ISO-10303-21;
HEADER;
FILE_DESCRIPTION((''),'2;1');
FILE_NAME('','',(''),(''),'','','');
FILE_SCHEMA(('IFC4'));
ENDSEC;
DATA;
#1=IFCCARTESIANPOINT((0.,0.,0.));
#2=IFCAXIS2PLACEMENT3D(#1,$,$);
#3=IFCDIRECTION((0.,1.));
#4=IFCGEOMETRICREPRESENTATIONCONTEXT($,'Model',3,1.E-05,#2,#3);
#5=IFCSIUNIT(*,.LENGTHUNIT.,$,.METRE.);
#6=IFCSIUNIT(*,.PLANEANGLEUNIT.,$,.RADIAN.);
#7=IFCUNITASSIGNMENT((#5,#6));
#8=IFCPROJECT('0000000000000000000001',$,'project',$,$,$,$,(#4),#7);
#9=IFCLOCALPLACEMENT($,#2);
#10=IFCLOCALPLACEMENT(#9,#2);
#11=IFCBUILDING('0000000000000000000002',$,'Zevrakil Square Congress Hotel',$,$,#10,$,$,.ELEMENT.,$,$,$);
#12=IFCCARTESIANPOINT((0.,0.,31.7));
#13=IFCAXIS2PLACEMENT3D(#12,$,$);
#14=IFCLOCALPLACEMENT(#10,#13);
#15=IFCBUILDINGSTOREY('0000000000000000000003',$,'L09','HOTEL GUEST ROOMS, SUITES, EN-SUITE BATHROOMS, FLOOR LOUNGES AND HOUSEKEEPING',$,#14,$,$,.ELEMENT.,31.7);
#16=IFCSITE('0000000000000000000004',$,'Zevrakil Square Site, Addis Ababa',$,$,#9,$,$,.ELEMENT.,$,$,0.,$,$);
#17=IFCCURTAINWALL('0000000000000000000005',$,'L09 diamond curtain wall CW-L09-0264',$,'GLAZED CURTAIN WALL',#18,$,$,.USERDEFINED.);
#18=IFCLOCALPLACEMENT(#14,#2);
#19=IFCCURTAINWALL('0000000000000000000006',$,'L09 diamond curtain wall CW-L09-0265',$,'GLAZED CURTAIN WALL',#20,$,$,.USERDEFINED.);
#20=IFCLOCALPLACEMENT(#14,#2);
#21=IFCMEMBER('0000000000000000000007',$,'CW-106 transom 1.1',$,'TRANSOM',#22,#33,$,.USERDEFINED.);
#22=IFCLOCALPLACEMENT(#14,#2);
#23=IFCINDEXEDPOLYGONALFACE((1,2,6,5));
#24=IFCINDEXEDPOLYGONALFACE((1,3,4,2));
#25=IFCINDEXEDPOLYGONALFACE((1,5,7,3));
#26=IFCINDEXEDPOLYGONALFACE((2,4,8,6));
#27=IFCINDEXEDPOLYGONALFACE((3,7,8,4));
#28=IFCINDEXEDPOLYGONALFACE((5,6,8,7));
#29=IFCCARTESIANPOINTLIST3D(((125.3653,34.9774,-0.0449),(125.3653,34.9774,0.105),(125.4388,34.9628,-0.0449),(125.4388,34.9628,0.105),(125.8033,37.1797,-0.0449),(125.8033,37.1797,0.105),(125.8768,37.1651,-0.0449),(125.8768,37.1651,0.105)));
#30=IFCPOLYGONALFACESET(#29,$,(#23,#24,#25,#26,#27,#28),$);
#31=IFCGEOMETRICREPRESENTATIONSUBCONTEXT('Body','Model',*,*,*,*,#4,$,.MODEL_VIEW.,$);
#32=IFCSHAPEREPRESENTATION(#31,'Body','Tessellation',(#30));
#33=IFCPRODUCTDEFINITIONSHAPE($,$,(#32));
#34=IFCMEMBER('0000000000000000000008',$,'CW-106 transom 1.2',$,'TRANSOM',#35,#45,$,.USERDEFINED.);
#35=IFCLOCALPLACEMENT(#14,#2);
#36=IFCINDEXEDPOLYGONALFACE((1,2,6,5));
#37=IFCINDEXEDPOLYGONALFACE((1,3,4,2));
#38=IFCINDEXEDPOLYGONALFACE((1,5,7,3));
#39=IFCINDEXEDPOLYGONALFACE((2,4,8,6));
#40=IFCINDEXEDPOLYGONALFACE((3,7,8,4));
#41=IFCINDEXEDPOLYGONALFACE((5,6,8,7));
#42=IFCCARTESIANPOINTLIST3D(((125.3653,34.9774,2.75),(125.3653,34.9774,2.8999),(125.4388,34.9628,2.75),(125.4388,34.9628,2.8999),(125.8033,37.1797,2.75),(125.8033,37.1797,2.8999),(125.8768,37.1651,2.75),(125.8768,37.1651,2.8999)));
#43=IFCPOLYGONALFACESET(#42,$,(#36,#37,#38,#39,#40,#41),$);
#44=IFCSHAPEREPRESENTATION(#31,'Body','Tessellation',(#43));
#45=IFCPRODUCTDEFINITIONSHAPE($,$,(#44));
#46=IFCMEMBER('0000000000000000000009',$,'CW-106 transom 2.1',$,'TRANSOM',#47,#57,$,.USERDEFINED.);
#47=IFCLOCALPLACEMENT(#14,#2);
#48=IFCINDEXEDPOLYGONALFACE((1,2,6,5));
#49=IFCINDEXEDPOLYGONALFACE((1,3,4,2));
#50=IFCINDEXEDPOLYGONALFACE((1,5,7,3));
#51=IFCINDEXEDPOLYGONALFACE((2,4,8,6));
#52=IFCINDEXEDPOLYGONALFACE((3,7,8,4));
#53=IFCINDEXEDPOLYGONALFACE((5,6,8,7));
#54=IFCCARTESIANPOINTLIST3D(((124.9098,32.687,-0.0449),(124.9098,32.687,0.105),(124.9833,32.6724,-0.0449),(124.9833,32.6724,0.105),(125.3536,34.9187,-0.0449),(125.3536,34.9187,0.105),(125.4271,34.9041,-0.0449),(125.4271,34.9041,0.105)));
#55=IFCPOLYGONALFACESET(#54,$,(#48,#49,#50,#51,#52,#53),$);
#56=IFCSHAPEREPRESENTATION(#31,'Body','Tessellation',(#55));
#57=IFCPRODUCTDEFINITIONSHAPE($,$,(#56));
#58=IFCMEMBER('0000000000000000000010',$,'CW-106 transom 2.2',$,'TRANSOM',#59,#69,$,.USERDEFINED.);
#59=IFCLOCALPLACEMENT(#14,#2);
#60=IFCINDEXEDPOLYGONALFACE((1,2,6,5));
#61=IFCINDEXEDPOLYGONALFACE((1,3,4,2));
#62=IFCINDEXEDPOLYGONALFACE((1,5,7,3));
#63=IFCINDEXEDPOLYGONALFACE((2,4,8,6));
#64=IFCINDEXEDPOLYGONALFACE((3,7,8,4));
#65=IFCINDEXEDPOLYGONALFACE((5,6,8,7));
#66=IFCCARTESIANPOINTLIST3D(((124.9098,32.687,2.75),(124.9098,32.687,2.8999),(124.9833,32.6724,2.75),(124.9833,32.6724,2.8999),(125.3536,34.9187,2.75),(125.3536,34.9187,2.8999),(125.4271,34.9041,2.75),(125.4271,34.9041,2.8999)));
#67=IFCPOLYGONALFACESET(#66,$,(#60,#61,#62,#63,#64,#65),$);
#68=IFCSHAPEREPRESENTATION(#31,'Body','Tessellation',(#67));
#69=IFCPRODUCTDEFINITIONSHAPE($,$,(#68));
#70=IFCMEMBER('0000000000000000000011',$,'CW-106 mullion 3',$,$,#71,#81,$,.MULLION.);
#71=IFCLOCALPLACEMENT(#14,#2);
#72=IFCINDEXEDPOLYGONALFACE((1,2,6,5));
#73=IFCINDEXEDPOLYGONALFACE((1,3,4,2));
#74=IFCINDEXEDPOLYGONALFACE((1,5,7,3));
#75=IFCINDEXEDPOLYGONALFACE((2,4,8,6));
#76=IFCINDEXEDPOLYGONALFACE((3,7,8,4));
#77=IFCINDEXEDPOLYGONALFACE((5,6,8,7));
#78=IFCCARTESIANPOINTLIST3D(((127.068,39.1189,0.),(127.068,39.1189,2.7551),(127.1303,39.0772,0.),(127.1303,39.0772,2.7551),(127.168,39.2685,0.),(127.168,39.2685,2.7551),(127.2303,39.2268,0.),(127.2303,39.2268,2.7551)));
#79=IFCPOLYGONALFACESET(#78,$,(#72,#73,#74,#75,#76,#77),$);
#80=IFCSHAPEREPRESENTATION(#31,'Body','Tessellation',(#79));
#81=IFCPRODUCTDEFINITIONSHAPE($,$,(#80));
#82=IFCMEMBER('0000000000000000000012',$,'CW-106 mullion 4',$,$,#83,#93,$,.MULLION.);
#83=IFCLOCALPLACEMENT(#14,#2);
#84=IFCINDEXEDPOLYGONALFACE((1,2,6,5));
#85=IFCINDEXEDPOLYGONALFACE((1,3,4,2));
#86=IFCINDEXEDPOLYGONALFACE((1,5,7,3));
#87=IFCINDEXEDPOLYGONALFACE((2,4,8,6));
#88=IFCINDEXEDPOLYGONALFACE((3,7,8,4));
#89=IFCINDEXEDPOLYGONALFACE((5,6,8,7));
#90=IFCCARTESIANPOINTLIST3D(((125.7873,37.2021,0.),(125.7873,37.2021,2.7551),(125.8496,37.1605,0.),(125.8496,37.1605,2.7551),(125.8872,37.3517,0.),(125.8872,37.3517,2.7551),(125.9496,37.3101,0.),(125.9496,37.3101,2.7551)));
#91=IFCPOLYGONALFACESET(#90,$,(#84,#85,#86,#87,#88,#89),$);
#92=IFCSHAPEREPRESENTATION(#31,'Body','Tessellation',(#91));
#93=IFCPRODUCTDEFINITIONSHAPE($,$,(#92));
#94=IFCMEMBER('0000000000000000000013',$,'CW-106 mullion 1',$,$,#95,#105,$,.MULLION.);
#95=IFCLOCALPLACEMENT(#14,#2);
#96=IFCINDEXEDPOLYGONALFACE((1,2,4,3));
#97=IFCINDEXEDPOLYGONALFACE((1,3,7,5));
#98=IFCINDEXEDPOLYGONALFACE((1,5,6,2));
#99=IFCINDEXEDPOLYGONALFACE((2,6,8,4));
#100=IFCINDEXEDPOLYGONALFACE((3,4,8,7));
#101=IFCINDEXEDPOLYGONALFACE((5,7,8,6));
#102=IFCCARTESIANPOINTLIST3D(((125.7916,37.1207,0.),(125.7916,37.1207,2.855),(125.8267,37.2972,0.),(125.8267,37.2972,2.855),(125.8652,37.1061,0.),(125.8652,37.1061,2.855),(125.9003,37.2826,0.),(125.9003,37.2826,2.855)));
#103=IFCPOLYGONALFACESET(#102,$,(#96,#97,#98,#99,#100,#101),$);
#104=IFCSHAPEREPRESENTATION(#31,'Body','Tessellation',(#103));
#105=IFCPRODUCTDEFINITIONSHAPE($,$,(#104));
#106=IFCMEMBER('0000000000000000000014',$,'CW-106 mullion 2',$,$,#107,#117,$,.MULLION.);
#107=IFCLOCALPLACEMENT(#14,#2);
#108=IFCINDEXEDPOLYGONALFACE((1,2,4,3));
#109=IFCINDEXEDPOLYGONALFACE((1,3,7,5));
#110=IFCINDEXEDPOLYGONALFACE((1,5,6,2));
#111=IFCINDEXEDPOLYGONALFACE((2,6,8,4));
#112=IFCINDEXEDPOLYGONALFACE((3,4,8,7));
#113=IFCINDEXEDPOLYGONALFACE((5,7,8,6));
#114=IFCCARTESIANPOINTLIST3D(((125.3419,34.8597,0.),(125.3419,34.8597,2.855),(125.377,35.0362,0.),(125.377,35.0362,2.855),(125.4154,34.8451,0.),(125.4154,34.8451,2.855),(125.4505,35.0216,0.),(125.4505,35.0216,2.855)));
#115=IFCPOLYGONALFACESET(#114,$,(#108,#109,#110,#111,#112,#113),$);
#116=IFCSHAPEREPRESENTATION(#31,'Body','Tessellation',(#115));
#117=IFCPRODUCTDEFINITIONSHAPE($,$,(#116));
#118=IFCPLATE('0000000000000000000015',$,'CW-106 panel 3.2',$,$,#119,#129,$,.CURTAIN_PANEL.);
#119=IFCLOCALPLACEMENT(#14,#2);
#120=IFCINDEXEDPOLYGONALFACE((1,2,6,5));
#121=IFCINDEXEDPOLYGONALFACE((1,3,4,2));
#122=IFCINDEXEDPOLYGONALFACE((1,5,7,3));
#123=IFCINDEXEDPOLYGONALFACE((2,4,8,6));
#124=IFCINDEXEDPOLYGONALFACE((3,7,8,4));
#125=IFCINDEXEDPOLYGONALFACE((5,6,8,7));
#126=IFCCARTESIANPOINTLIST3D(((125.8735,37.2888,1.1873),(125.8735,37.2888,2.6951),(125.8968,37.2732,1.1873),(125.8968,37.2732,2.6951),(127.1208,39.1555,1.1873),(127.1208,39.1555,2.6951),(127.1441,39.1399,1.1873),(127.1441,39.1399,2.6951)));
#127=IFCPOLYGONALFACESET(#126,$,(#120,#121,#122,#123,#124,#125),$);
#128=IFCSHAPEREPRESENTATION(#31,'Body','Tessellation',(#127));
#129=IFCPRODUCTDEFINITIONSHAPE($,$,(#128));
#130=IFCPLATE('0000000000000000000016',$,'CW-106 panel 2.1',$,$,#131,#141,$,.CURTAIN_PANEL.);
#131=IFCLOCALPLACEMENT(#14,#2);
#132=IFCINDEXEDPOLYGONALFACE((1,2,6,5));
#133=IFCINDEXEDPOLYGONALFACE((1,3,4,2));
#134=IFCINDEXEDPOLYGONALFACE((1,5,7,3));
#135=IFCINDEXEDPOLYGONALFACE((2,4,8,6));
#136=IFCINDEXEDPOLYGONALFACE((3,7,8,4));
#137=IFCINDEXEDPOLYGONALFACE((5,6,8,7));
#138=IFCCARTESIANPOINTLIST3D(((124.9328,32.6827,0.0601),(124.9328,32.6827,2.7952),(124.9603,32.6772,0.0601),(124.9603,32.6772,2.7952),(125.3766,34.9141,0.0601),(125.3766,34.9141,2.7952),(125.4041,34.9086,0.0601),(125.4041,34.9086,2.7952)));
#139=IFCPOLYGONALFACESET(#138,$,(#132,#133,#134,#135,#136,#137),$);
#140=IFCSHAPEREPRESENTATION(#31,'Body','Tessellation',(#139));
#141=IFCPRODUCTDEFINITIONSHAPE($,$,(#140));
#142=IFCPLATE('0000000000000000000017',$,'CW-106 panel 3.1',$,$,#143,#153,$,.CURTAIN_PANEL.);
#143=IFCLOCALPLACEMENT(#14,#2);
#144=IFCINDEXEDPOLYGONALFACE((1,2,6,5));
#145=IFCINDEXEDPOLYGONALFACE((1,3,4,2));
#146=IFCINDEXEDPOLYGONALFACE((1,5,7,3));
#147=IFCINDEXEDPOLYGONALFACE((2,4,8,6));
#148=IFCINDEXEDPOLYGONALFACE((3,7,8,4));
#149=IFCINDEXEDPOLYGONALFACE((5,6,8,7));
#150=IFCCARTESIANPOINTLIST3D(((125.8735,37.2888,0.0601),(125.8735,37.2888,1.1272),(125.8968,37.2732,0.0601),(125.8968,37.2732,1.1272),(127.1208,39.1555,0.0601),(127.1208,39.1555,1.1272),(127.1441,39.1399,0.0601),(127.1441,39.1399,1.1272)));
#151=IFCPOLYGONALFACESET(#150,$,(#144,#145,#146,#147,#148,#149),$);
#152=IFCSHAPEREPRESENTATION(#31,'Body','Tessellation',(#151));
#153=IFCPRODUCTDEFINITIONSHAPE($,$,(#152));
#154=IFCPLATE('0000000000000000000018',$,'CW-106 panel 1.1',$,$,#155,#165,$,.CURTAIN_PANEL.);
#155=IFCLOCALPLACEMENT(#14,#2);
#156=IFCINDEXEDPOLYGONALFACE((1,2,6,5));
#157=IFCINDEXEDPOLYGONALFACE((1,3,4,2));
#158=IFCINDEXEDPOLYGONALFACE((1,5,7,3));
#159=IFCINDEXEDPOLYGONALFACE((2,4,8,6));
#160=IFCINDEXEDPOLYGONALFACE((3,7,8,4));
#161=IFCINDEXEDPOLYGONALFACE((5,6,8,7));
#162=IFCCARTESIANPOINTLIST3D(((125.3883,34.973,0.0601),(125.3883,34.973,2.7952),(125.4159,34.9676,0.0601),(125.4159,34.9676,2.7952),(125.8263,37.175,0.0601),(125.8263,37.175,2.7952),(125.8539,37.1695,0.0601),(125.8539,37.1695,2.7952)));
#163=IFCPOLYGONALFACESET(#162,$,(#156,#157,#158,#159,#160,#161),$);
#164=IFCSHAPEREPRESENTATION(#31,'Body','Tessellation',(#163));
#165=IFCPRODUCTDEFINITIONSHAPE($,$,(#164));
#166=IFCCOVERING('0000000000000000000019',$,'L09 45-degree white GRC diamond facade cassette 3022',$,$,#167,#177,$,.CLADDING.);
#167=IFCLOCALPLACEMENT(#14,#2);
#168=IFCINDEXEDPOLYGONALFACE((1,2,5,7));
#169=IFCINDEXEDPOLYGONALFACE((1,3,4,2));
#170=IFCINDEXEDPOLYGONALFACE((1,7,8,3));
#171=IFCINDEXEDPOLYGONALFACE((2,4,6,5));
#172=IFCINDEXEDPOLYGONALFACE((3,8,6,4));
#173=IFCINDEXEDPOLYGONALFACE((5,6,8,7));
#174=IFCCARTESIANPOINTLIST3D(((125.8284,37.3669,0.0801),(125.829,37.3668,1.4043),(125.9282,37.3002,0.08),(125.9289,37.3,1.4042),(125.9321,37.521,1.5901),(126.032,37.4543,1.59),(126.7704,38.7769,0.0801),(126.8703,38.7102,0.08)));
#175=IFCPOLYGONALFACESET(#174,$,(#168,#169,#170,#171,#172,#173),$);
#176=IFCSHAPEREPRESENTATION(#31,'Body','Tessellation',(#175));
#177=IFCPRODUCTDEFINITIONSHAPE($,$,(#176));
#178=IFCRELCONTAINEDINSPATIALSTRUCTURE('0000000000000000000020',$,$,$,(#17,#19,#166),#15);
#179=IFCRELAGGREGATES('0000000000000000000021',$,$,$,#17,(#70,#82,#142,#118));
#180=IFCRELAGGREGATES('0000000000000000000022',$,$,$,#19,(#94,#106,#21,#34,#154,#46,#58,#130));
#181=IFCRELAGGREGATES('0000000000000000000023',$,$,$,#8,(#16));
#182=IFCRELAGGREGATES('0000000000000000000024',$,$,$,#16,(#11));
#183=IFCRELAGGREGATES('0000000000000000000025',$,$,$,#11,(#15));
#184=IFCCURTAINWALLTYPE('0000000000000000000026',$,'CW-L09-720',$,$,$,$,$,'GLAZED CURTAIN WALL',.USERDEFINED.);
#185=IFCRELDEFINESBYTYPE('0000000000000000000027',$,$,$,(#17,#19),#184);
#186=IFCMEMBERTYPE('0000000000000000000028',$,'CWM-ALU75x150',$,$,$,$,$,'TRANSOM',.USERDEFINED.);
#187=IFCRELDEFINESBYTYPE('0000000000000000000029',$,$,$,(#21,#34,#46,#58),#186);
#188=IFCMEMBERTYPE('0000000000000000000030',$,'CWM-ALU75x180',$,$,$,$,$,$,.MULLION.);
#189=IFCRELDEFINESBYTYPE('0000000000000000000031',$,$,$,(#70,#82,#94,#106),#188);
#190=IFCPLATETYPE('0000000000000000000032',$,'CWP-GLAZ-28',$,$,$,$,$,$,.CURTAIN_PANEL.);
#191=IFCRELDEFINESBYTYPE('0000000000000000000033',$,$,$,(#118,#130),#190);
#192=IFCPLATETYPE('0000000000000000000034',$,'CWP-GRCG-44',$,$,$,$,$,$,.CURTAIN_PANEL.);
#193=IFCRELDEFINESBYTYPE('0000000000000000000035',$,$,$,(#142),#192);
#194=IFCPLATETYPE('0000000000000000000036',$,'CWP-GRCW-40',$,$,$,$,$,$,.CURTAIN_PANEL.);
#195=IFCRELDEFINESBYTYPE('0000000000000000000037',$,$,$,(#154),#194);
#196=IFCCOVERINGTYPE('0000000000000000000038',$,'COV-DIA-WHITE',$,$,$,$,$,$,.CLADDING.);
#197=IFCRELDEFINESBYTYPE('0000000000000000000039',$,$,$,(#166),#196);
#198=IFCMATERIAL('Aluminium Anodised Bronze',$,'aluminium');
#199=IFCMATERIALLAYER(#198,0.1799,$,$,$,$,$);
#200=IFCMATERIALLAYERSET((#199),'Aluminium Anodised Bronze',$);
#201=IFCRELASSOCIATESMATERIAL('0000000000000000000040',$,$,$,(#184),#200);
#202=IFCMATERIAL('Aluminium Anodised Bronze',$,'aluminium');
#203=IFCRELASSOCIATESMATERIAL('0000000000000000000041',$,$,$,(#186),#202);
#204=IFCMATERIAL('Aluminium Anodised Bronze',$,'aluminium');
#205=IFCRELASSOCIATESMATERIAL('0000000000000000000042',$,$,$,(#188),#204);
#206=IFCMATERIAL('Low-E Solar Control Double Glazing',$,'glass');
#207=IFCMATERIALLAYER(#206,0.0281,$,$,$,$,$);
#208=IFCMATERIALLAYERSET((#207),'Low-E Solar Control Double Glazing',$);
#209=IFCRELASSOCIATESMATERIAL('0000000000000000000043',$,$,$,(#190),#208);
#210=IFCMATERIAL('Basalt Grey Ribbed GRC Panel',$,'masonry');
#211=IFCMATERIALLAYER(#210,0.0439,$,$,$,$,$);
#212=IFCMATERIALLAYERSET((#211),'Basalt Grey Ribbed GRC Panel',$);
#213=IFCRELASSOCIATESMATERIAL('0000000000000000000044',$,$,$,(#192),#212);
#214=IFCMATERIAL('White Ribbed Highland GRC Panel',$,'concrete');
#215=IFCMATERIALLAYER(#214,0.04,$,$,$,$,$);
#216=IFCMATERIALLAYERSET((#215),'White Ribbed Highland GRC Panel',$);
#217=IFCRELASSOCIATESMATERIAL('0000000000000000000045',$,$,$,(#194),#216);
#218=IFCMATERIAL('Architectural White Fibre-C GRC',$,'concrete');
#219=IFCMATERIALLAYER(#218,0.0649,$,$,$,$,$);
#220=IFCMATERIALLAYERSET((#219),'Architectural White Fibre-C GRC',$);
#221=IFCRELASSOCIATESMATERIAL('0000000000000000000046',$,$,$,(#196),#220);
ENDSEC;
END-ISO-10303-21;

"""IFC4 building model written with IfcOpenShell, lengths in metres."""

from ifc_helpers import new_model, si_unit, direction, frame, origin, origin_2d, place, context, subcontext, project, spatial, polyline, rectangle, outline, extrude, material, layer, layer_set, material_profile, profile_set, type_object, element, aggregate, save


model = new_model("IFC4")

# Units and contexts
model_context = context("Model", 3, precision=1e-05, world=origin(), true_north=direction((0.0, 1.0)))
body_context = subcontext(model_context, "Body", "Model", "MODEL_VIEW")
ifc_project = project(units=[si_unit("LENGTHUNIT", "METRE"), si_unit("PLANEANGLEUNIT", "RADIAN")], contexts=[model_context])

# Site, building, storey
site_placement = place(None, origin())
site = spatial("IfcSite", under=ifc_project, at=site_placement, Name="Zevrakil Square Site, Addis Ababa", CompositionType="ELEMENT", RefElevation=0.0)
building_placement = place(site_placement, origin())
building = spatial("IfcBuilding", under=site, at=building_placement, Name="Zevrakil Square Congress Hotel", CompositionType="ELEMENT")
storey_placement = place(building_placement, frame((0.0, 0.0, 31.7)))
storey = spatial("IfcBuildingStorey", under=building, at=storey_placement, Name="L09", Description="HOTEL GUEST ROOMS, SUITES, EN-SUITE BATHROOMS, FLOOR LOUNGES AND HOUSEKEEPING", CompositionType="ELEMENT", Elevation=31.7)

# Curtain walls, members
ifc_material_1 = material(Name="Aluminium Anodised Bronze", Category="aluminium")
ifc_layer_1 = layer(ifc_material_1, 0.1799)
ifc_layer_set_1 = layer_set([ifc_layer_1], Name="Aluminium Anodised Bronze")
curtain_wall_type = type_object("IfcCurtainWallType", Name="CW-L09-720", ElementType="GLAZED CURTAIN WALL", PredefinedType="USERDEFINED", material=ifc_layer_set_1)
curtain_wall_1_placement = place(storey_placement, origin())
curtain_wall_1 = element("IfcCurtainWall", 1, at=curtain_wall_1_placement, inside=storey, type_object=curtain_wall_type, Name="L09 diamond curtain wall CW-L09-0264", ObjectType="GLAZED CURTAIN WALL", PredefinedType="USERDEFINED")
ifc_material_2 = material(Name="Aluminium Anodised Bronze", Category="aluminium")
ifc_material_profile_1 = material_profile(ifc_material_2, rectangle(XDim=0.075, YDim=0.1499, at=origin_2d()), Name="ALU 75x150")
ifc_profile_set_1 = profile_set([ifc_material_profile_1], Name="Aluminium Anodised Bronze")
member_type_1 = type_object("IfcMemberType", Name="CWM-ALU75x150", ElementType="TRANSOM", PredefinedType="USERDEFINED", material=ifc_profile_set_1)
curtain_wall_2_placement = place(storey_placement, origin())
curtain_wall_2 = element("IfcCurtainWall", 2, at=curtain_wall_2_placement, inside=storey, type_object=curtain_wall_type, Name="L09 diamond curtain wall CW-L09-0265", ObjectType="GLAZED CURTAIN WALL", PredefinedType="USERDEFINED")
member_1_placement = place(storey_placement, frame((125.8401, 37.1724, 0.03), z_axis=(-0.19507, -0.980789, 0.0), x_axis=(0.980789, -0.19507, 0.0)))
member_1 = element("IfcMember", 3, at=member_1_placement, type_object=member_type_1, Name="CW-106 transom 1.1", ObjectType="TRANSOM", PredefinedType="USERDEFINED", context=body_context, shape_type="SweptSolid", body=[
    extrude(rectangle(XDim=0.075, YDim=0.1499, at=origin_2d()), origin(), (0.0, 0.0, 1.0), 2.2454),
])
member_2_placement = place(storey_placement, frame((125.8401, 37.1724, 2.825), z_axis=(-0.19507, -0.980789, 0.0), x_axis=(0.980789, -0.19507, 0.0)))
member_2 = element("IfcMember", 4, at=member_2_placement, type_object=member_type_1, Name="CW-106 transom 1.2", ObjectType="TRANSOM", PredefinedType="USERDEFINED", context=body_context, shape_type="SweptSolid", body=[
    extrude(rectangle(XDim=0.075, YDim=0.1499, at=origin_2d()), origin(), (0.0, 0.0, 1.0), 2.2454),
])
member_3_placement = place(storey_placement, frame((125.3904, 34.9114, 0.03), z_axis=(-0.195064, -0.980791, 0.0), x_axis=(0.980791, -0.195064, 0.0)))
member_3 = element("IfcMember", 5, at=member_3_placement, type_object=member_type_1, Name="CW-106 transom 2.1", ObjectType="TRANSOM", PredefinedType="USERDEFINED", context=body_context, shape_type="SweptSolid", body=[
    extrude(rectangle(XDim=0.075, YDim=0.1499, at=origin_2d()), origin(), (0.0, 0.0, 1.0), 2.2754),
])
member_4_placement = place(storey_placement, frame((125.3904, 34.9114, 2.825), z_axis=(-0.195064, -0.980791, 0.0), x_axis=(0.980791, -0.195064, 0.0)))
member_4 = element("IfcMember", 6, at=member_4_placement, type_object=member_type_1, Name="CW-106 transom 2.2", ObjectType="TRANSOM", PredefinedType="USERDEFINED", context=body_context, shape_type="SweptSolid", body=[
    extrude(rectangle(XDim=0.075, YDim=0.1499, at=origin_2d()), origin(), (0.0, 0.0, 1.0), 2.2754),
])

# Members
ifc_material_3 = material(Name="Aluminium Anodised Bronze", Category="aluminium")
ifc_material_profile_2 = material_profile(ifc_material_3, rectangle(XDim=0.075, YDim=0.1799, at=origin_2d()), Name="ALU 75x180")
ifc_profile_set_2 = profile_set([ifc_material_profile_2], Name="Aluminium Anodised Bronze")
member_type_2 = type_object("IfcMemberType", Name="CWM-ALU75x180", PredefinedType="MULLION", material=ifc_profile_set_2)
member_5_placement = place(storey_placement, frame((127.1492, 39.1729, 0.0), z_axis=(0.0, 0.0, 1.0), x_axis=(0.831466, -0.555576, 0.0)))
member_5 = element("IfcMember", 7, at=member_5_placement, type_object=member_type_2, Name="CW-106 mullion 3", PredefinedType="MULLION", context=body_context, shape_type="SweptSolid", body=[
    extrude(rectangle(XDim=0.075, YDim=0.1799, at=origin_2d()), origin(), (0.0, 0.0, 1.0), 2.7551),
])
member_6_placement = place(storey_placement, frame((125.8684, 37.2561, 0.0), z_axis=(0.0, 0.0, 1.0), x_axis=(0.831466, -0.555576, 0.0)))
member_6 = element("IfcMember", 8, at=member_6_placement, type_object=member_type_2, Name="CW-106 mullion 4", PredefinedType="MULLION", context=body_context, shape_type="SweptSolid", body=[
    extrude(rectangle(XDim=0.075, YDim=0.1799, at=origin_2d()), origin(), (0.0, 0.0, 1.0), 2.7551),
])
member_7_placement = place(storey_placement, frame((125.8459, 37.2017, 0.0), z_axis=(0.0, 0.0, 1.0), x_axis=(0.980787, -0.195084, 0.0)))
member_7 = element("IfcMember", 9, at=member_7_placement, type_object=member_type_2, Name="CW-106 mullion 1", PredefinedType="MULLION", context=body_context, shape_type="SweptSolid", body=[
    extrude(rectangle(XDim=0.075, YDim=0.1799, at=origin_2d()), origin(), (0.0, 0.0, 1.0), 2.855),
])
member_8_placement = place(storey_placement, frame((125.3962, 34.9407, 0.0), z_axis=(0.0, 0.0, 1.0), x_axis=(0.980787, -0.195084, 0.0)))
member_8 = element("IfcMember", 10, at=member_8_placement, type_object=member_type_2, Name="CW-106 mullion 2", PredefinedType="MULLION", context=body_context, shape_type="SweptSolid", body=[
    extrude(rectangle(XDim=0.075, YDim=0.1799, at=origin_2d()), origin(), (0.0, 0.0, 1.0), 2.855),
])

# Plates
ifc_material_4 = material(Name="Low-E Solar Control Double Glazing", Category="glass")
ifc_layer_2 = layer(ifc_material_4, 0.0281)
ifc_layer_set_2 = layer_set([ifc_layer_2], Name="Low-E Solar Control Double Glazing")
plate_type_1 = type_object("IfcPlateType", Name="CWP-GLAZ-28", PredefinedType="CURTAIN_PANEL", material=ifc_layer_set_2)
plate_1_placement = place(storey_placement, frame((126.5088, 38.2144, 1.1873), z_axis=(0.0, 0.0, 1.0), x_axis=(-0.555576, -0.831466, 0.0)))
plate_1 = element("IfcPlate", 11, at=plate_1_placement, type_object=plate_type_1, Name="CW-106 panel 3.2", PredefinedType="CURTAIN_PANEL", context=body_context, shape_type="SweptSolid", body=[
    extrude(rectangle(XDim=2.2451, YDim=0.0281, at=origin_2d()), origin(), (0.0, 0.0, 1.0), 1.5078),
])
plate_2_placement = place(storey_placement, frame((125.1685, 33.7957, 0.0601), z_axis=(0.0, 0.0, 1.0), x_axis=(-0.195084, -0.980787, 0.0)))
plate_2 = element("IfcPlate", 12, at=plate_2_placement, type_object=plate_type_1, Name="CW-106 panel 2.1", PredefinedType="CURTAIN_PANEL", context=body_context, shape_type="SweptSolid", body=[
    extrude(rectangle(XDim=2.2751, YDim=0.0281, at=origin_2d()), origin(), (0.0, 0.0, 1.0), 2.7351),
])
ifc_material_5 = material(Name="Basalt Grey Ribbed GRC Panel", Category="masonry")
ifc_layer_3 = layer(ifc_material_5, 0.0439)
ifc_layer_set_3 = layer_set([ifc_layer_3], Name="Basalt Grey Ribbed GRC Panel")
plate_type_2 = type_object("IfcPlateType", Name="CWP-GRCG-44", PredefinedType="CURTAIN_PANEL", material=ifc_layer_set_3)
plate_3_placement = place(storey_placement, frame((126.5088, 38.2144, 0.0601), z_axis=(0.0, 0.0, 1.0), x_axis=(-0.555576, -0.831466, 0.0)))
plate_3 = element("IfcPlate", 13, at=plate_3_placement, type_object=plate_type_2, Name="CW-106 panel 3.1", PredefinedType="CURTAIN_PANEL", context=body_context, shape_type="SweptSolid", body=[
    extrude(rectangle(XDim=2.2451, YDim=0.0281, at=origin_2d()), origin(), (0.0, 0.0, 1.0), 1.0671),
])
aggregate(curtain_wall_1, [member_5, member_6, plate_3, plate_1])
ifc_material_6 = material(Name="White Ribbed Highland GRC Panel", Category="concrete")
ifc_layer_4 = layer(ifc_material_6, 0.04)
ifc_layer_set_4 = layer_set([ifc_layer_4], Name="White Ribbed Highland GRC Panel")
plate_type_3 = type_object("IfcPlateType", Name="CWP-GRCW-40", PredefinedType="CURTAIN_PANEL", material=ifc_layer_set_4)
plate_4_placement = place(storey_placement, frame((125.6211, 36.0713, 0.0601), z_axis=(0.0, 0.0, 1.0), x_axis=(-0.195084, -0.980787, 0.0)))
plate_4 = element("IfcPlate", 14, at=plate_4_placement, type_object=plate_type_3, Name="CW-106 panel 1.1", PredefinedType="CURTAIN_PANEL", context=body_context, shape_type="SweptSolid", body=[
    extrude(rectangle(XDim=2.2451, YDim=0.0281, at=origin_2d()), origin(), (0.0, 0.0, 1.0), 2.7351),
])
aggregate(curtain_wall_2, [member_7, member_8, member_1, member_2, plate_4, member_3, member_4, plate_2])

# Covering
ifc_material_7 = material(Name="Architectural White Fibre-C GRC", Category="concrete")
ifc_layer_5 = layer(ifc_material_7, 0.0649)
ifc_layer_set_5 = layer_set([ifc_layer_5], Name="Architectural White Fibre-C GRC")
covering_type_1 = type_object("IfcCoveringType", Name="COV-DIA-WHITE", PredefinedType="CLADDING", material=ifc_layer_set_5)
covering_1_placement = place(storey_placement, frame((125.9321, 37.521, 1.5901), z_axis=(-0.831496, 0.555531, 0.00046), x_axis=(-0.392816, -0.587366, -0.7076)))
element("IfcCovering", 15, at=covering_1_placement, inside=storey, type_object=covering_type_1, Name="L09 45-degree white GRC diamond facade cassette 3022", PredefinedType="CLADDING", context=body_context, shape_type="SweptSolid", body=[
    extrude(outline(polyline([(0.0, 0.0), (0.2626, 0.0), (1.1997, -0.9356), (0.0015, -2.1355), (0.0, 0.0)])), origin(), (0.0, 0.0, -1.0), 0.1201),
])

save(model, "model.ifc")
